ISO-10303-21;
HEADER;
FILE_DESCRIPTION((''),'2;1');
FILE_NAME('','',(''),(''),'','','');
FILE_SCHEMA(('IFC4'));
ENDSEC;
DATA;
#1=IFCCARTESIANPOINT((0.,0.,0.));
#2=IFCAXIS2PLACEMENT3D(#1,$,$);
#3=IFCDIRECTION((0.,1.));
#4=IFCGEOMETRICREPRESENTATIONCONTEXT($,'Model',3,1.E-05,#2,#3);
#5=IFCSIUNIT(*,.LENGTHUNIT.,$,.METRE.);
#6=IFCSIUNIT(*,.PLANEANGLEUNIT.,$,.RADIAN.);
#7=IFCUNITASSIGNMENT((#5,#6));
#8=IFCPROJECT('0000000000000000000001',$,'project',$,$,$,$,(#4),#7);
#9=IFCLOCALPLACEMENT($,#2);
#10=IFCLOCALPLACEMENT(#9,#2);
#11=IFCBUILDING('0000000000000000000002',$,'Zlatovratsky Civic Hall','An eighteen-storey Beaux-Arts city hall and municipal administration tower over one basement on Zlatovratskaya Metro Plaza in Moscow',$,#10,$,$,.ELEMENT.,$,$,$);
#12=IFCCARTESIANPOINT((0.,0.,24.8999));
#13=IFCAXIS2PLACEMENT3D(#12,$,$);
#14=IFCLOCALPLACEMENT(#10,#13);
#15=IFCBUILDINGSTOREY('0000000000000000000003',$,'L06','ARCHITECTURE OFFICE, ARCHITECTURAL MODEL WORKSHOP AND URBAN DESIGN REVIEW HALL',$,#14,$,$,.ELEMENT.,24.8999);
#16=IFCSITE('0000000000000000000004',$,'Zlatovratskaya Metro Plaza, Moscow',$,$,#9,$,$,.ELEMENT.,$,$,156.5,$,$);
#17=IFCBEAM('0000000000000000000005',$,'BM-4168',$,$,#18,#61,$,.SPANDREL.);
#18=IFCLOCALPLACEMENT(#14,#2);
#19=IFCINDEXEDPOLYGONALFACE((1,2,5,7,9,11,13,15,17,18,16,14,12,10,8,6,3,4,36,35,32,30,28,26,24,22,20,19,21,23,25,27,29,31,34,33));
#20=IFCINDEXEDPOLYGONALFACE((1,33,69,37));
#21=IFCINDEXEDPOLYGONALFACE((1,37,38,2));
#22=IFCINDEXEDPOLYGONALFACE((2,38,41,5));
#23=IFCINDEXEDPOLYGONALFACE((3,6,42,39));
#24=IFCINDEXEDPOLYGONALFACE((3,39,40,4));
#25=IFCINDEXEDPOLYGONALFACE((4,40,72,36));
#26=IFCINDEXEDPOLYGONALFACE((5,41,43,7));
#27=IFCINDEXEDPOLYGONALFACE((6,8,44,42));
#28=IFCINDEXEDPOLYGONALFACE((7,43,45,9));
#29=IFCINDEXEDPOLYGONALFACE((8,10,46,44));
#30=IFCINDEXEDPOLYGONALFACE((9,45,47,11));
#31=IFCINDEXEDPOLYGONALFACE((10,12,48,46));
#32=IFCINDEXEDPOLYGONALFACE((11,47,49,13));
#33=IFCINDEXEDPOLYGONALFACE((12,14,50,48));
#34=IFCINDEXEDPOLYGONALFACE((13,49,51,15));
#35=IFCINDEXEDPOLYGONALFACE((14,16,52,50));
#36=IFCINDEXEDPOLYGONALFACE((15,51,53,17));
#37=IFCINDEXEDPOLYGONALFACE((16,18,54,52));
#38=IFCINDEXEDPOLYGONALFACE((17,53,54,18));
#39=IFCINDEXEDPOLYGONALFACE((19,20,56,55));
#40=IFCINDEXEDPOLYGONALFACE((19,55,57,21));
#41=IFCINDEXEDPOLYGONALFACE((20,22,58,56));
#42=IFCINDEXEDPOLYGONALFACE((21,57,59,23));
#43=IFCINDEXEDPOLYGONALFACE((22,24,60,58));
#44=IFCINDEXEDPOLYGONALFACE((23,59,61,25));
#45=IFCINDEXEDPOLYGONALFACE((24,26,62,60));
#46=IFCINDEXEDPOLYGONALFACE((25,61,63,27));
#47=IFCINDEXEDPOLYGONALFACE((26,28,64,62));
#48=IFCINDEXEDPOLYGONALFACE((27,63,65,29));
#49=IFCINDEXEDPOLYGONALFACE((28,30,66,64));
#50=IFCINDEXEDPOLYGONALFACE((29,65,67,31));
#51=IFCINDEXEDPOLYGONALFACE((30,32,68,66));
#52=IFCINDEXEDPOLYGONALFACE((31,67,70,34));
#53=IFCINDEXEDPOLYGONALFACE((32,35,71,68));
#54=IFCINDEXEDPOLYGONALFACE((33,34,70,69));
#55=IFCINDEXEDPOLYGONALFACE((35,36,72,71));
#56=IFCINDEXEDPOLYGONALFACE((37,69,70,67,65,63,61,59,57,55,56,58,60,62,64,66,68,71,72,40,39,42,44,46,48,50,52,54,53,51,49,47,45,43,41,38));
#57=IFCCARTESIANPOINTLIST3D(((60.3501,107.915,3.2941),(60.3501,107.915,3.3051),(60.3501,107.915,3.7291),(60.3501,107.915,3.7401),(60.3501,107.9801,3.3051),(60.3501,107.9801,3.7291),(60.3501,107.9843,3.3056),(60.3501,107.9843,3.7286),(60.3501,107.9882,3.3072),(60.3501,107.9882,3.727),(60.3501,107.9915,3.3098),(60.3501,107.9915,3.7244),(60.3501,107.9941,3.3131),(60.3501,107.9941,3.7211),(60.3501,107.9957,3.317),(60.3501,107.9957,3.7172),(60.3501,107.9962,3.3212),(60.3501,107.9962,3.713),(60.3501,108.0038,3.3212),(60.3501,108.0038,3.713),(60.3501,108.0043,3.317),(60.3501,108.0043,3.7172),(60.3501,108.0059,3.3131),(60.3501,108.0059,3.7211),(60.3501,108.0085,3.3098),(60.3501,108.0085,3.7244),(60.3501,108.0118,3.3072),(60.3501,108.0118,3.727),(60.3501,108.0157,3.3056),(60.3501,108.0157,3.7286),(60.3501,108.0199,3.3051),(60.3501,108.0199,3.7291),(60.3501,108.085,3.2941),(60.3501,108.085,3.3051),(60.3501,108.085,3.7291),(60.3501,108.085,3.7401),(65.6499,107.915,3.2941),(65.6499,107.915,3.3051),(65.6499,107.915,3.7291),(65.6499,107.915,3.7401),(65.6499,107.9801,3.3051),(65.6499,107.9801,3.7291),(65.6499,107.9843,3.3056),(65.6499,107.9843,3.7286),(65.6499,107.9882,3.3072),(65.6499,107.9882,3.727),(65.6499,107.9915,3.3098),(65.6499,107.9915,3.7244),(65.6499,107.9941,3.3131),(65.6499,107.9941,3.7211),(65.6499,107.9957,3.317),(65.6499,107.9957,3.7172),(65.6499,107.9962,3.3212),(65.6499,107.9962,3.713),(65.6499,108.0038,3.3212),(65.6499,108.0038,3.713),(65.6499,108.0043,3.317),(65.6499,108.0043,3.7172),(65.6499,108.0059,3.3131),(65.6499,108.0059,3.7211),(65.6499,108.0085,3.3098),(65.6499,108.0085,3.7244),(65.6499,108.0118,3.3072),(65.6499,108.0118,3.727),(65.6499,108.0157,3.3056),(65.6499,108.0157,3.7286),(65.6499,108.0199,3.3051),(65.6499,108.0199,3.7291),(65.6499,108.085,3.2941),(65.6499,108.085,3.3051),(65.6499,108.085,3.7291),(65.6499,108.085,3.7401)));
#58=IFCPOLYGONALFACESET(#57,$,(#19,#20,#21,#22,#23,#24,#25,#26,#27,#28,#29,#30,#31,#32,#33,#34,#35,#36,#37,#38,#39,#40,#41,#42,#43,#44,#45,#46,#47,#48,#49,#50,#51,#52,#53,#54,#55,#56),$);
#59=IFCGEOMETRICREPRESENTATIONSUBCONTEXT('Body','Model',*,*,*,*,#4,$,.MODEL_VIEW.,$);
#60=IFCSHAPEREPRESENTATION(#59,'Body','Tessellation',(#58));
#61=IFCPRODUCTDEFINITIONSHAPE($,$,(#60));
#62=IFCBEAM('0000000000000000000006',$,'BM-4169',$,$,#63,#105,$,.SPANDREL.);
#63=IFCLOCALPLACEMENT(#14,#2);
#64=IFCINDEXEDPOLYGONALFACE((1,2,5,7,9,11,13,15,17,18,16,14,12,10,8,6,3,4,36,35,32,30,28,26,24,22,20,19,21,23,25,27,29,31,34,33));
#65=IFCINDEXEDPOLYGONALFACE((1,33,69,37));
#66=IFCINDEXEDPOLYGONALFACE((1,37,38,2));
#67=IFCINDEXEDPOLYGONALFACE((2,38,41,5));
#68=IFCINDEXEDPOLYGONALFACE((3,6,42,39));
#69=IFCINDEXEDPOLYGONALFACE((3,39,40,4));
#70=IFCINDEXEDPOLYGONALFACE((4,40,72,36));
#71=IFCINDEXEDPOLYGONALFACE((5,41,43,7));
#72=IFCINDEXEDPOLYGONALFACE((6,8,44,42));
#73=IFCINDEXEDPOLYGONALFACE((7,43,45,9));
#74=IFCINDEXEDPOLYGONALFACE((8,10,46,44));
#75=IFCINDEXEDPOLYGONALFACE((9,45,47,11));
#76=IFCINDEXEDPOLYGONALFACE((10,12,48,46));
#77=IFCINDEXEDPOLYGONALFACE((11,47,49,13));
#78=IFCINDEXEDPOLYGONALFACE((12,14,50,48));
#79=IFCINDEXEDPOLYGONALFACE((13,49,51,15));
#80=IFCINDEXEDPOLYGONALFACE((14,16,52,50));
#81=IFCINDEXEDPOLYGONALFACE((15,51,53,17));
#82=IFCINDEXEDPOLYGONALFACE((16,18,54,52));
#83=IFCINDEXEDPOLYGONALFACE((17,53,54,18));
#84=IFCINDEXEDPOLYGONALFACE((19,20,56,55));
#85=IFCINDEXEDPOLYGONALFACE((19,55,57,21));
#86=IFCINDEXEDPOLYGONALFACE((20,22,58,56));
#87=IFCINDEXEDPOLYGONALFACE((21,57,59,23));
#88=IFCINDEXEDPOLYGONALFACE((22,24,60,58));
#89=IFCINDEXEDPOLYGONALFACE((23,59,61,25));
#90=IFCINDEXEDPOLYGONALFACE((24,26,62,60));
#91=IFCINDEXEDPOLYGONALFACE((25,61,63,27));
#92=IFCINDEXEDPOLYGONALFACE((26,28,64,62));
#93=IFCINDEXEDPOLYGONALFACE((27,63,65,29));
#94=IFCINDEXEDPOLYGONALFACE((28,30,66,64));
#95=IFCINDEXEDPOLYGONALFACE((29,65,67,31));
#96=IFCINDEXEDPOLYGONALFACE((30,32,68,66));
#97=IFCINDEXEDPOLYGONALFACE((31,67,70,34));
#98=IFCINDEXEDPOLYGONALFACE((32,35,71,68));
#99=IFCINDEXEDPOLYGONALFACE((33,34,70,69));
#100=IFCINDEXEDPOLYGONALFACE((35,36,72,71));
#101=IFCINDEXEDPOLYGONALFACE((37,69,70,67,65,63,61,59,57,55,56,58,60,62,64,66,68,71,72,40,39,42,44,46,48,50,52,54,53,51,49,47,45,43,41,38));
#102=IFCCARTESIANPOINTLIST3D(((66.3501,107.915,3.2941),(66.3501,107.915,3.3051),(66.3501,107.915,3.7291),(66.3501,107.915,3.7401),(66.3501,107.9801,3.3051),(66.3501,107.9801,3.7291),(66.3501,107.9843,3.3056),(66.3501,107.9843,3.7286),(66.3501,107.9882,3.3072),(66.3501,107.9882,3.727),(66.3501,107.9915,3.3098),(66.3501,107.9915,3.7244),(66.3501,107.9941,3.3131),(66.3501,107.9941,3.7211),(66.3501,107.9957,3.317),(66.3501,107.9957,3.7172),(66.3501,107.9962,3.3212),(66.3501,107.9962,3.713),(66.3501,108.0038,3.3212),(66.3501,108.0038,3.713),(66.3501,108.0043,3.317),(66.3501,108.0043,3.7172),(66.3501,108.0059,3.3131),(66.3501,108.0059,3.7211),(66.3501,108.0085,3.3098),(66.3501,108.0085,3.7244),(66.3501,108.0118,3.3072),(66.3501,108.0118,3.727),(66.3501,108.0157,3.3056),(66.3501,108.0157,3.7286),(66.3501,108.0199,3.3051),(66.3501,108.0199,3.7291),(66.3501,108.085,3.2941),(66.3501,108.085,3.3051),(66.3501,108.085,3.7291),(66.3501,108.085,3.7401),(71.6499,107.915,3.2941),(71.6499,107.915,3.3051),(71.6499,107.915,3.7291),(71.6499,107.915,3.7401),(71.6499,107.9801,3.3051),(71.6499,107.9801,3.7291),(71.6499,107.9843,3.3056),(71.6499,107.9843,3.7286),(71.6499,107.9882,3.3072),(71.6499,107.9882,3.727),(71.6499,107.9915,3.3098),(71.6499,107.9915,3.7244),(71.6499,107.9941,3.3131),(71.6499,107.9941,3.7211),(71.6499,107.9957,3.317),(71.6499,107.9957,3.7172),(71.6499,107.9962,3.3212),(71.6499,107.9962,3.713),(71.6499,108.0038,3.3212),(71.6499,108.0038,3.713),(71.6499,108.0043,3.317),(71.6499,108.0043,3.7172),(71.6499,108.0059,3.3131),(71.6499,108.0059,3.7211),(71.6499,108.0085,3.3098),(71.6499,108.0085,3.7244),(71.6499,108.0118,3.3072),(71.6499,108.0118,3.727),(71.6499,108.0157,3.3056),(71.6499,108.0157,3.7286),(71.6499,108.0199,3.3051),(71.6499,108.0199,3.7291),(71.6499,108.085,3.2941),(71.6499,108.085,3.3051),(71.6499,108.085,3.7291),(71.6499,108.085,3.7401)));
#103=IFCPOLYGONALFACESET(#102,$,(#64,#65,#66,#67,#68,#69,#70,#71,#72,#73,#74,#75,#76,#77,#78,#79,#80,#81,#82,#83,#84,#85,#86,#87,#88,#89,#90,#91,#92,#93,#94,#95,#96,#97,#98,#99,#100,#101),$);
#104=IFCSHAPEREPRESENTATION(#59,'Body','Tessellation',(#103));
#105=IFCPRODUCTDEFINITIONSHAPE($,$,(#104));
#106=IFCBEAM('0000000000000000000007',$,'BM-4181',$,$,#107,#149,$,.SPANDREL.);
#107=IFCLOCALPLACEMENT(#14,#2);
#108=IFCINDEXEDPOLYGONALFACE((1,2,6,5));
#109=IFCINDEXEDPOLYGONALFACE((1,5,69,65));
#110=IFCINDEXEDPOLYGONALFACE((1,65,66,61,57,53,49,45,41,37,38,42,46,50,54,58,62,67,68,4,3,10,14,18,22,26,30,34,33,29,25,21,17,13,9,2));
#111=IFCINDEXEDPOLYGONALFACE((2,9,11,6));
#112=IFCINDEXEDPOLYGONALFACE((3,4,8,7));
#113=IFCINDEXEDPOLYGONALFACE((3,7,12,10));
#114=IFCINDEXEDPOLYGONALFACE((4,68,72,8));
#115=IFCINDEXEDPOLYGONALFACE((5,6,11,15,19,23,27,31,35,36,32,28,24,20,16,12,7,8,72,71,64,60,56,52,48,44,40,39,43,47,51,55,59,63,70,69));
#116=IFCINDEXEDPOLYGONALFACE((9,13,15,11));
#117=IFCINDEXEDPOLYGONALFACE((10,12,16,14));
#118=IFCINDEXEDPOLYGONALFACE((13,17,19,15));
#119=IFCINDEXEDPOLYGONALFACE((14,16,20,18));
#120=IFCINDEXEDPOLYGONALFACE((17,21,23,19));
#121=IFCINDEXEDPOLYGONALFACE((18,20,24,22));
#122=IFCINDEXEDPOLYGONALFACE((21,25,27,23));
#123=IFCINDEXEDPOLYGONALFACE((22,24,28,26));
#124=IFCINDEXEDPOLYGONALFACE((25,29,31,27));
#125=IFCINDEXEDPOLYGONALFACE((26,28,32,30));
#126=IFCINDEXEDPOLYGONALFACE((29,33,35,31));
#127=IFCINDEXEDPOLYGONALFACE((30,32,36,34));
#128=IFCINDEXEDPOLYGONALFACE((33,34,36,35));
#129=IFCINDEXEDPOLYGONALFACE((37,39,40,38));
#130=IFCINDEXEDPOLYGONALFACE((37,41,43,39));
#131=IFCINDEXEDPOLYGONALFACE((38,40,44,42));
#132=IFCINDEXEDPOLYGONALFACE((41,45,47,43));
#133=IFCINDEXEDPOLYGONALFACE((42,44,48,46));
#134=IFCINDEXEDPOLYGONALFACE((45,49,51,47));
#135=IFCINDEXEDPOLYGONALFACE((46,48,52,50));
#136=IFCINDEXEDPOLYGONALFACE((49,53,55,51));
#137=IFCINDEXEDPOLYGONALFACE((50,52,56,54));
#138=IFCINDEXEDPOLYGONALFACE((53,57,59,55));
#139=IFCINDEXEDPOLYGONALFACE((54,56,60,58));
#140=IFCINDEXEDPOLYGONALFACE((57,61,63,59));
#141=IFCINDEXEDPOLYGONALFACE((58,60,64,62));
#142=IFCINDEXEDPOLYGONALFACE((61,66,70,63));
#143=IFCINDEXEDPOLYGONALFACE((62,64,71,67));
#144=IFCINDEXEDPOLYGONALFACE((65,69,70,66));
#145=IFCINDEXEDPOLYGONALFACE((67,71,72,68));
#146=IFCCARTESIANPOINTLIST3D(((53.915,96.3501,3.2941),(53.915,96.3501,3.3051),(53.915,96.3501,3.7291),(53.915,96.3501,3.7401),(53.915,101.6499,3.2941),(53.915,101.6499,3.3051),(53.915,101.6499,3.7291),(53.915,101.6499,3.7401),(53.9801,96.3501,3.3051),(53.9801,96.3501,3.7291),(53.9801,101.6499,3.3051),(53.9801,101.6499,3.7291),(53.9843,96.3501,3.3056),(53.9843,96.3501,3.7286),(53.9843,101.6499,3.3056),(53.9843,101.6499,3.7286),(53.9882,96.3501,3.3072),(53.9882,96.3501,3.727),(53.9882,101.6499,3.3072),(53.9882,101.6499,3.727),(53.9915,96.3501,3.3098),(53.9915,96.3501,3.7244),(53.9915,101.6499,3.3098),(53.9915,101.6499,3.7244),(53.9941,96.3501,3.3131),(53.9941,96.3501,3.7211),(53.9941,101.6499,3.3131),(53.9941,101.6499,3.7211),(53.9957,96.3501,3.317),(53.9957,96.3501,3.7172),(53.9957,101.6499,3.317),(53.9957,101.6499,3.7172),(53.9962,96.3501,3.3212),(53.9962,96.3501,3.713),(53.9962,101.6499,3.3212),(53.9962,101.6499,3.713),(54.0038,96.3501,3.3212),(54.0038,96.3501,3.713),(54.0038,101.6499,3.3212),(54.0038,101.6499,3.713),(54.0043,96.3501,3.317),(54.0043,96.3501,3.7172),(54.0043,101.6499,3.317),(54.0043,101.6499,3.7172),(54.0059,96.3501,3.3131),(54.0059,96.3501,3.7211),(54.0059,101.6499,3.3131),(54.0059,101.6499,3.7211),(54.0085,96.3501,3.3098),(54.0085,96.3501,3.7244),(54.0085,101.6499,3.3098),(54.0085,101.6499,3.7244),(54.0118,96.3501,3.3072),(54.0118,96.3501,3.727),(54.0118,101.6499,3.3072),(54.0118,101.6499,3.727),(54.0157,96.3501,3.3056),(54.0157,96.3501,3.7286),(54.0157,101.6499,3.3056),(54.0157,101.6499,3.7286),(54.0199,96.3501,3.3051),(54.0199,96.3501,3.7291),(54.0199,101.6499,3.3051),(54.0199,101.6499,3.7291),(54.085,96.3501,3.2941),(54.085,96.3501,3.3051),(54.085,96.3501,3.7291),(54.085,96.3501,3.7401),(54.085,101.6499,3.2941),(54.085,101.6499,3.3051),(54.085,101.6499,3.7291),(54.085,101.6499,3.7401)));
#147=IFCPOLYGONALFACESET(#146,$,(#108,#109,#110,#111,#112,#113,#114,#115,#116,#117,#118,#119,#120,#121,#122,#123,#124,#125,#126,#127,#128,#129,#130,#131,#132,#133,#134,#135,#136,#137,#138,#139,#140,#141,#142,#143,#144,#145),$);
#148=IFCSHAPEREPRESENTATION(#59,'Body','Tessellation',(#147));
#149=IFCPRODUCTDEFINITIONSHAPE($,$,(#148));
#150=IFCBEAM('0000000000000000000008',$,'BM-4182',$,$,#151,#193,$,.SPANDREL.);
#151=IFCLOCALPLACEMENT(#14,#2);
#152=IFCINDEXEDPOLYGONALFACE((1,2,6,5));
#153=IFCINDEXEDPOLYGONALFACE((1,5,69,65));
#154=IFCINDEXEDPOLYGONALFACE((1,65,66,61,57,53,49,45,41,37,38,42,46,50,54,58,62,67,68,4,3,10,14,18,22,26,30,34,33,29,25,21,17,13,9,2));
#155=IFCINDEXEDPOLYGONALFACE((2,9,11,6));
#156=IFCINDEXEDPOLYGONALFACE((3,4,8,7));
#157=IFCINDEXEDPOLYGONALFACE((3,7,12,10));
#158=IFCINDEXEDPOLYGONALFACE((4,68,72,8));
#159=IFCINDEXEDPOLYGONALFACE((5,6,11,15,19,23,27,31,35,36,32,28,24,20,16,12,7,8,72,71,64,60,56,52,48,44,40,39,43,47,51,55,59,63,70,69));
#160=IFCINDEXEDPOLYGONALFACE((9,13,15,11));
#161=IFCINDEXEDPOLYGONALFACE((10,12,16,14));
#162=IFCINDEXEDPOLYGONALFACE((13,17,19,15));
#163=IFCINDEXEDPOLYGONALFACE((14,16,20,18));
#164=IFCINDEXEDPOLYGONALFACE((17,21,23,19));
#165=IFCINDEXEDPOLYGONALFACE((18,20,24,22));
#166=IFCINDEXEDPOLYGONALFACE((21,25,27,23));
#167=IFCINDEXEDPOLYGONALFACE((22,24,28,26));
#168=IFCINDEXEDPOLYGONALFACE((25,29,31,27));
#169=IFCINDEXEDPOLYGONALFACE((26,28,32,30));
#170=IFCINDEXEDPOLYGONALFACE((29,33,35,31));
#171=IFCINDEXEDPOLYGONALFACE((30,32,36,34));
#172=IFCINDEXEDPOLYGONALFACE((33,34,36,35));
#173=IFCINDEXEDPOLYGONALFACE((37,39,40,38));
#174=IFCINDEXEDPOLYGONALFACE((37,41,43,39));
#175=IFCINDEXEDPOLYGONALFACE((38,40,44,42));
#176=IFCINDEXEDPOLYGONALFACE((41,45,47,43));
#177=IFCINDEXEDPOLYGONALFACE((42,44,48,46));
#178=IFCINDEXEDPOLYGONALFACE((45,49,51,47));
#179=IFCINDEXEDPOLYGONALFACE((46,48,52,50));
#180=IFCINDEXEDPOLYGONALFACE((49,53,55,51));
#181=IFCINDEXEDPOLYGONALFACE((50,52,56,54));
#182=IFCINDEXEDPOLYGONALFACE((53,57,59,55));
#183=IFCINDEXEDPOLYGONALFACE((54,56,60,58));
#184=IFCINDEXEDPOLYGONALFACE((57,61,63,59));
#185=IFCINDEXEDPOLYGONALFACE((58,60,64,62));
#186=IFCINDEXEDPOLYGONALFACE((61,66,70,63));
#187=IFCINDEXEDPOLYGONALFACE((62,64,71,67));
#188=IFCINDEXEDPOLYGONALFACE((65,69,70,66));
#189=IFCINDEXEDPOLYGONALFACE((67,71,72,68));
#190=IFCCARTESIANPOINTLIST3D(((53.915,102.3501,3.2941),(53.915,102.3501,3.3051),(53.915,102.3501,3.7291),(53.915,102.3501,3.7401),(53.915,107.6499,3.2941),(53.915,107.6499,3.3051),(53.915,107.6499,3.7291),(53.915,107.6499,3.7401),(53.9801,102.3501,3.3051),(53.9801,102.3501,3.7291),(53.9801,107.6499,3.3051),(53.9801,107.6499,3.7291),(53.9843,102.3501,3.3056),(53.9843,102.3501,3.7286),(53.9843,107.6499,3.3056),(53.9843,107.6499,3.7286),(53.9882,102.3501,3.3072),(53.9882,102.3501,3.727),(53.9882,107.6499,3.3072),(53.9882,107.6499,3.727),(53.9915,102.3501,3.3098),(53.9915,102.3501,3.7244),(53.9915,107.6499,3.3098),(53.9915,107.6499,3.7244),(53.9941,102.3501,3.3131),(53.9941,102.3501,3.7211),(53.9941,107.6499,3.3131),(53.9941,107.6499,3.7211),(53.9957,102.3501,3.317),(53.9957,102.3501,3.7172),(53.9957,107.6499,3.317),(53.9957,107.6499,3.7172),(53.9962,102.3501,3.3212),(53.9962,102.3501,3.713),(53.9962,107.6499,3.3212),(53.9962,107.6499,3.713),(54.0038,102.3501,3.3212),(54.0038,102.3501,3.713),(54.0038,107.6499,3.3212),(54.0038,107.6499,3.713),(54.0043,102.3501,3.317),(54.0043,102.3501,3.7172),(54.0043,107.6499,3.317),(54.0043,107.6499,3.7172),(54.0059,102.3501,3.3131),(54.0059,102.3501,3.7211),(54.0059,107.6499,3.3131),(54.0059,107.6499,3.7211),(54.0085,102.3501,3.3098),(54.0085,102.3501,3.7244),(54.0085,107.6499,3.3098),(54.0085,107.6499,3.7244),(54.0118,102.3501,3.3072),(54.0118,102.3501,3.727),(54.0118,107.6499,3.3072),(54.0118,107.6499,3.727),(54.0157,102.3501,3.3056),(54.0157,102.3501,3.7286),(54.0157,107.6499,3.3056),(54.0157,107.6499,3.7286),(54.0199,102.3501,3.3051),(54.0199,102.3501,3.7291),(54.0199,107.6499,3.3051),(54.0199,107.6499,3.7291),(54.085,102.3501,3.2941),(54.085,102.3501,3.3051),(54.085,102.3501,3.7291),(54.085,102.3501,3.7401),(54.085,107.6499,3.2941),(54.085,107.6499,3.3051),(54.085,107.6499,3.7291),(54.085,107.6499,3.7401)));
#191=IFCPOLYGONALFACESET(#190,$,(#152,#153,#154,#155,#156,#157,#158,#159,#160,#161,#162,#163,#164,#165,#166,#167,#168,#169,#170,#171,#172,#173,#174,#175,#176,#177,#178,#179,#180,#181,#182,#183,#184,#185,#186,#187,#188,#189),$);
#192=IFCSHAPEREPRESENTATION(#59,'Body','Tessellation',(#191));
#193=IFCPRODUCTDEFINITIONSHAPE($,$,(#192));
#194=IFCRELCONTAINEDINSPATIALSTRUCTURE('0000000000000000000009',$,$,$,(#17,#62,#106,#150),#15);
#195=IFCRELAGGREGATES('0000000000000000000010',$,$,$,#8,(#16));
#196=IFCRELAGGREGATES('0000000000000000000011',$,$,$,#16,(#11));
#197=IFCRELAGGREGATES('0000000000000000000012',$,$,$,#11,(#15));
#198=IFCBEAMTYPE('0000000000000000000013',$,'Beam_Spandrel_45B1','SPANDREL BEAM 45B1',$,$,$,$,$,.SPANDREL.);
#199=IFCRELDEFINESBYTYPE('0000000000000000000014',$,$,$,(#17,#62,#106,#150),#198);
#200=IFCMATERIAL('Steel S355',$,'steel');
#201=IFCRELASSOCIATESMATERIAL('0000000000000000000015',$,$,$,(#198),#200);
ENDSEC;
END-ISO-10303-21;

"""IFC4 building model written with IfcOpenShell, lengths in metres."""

from ifc_helpers import new_model, si_unit, direction, frame, origin, origin_2d, place, context, subcontext, project, spatial, i_section, extrude, material, material_profile, profile_set, type_object, element, save


model = new_model("IFC4")

# Units and contexts
model_context = context("Model", 3, precision=1e-05, world=origin(), true_north=direction((0.0, 1.0)))
body_context = subcontext(model_context, "Body", "Model", "MODEL_VIEW")
ifc_project = project(units=[si_unit("LENGTHUNIT", "METRE"), si_unit("PLANEANGLEUNIT", "RADIAN")], contexts=[model_context])

# Site, building, storey
site_placement = place(None, origin())
site = spatial("IfcSite", under=ifc_project, at=site_placement, Name="Zlatovratskaya Metro Plaza, Moscow", CompositionType="ELEMENT", RefElevation=156.5)
building_placement = place(site_placement, origin())
building = spatial("IfcBuilding", under=site, at=building_placement, Name="Zlatovratsky Civic Hall", Description="An eighteen-storey Beaux-Arts city hall and municipal administration tower over one basement on Zlatovratskaya Metro Plaza in Moscow", CompositionType="ELEMENT")
storey_placement = place(building_placement, frame((0.0, 0.0, 24.8999)))
storey = spatial("IfcBuildingStorey", under=building, at=storey_placement, Name="L06", Description="ARCHITECTURE OFFICE, ARCHITECTURAL MODEL WORKSHOP AND URBAN DESIGN REVIEW HALL", CompositionType="ELEMENT", Elevation=24.8999)

# Shared definitions
ifc_material_1 = material(Name="Steel S355", Category="steel")

# Beams
ifc_material_profile_1 = material_profile(ifc_material_1, i_section(OverallWidth=0.1699, OverallDepth=0.446, WebThickness=0.0076, FlangeThickness=0.011, FilletRadius=0.0161, at=origin_2d()), Name="45B1")
ifc_profile_set_1 = profile_set([ifc_material_profile_1], Name="Steel S355")
beam_type_1 = type_object("IfcBeamType", Name="Beam_Spandrel_45B1", Description="SPANDREL BEAM 45B1", PredefinedType="SPANDREL", material=ifc_profile_set_1)
for number, where, z_axis, x_axis, name in (
    (1, (60.3501, 108.0, 3.5171), (1.0, 0.0, 0.0), (0.0, 1.0, 0.0), "BM-4168"),
    (2, (66.3501, 108.0, 3.5171), (1.0, 0.0, 0.0), (0.0, 1.0, 0.0), "BM-4169"),
    (3, (54.0, 96.3501, 3.5171), (0.0, 1.0, 0.0), (-1.0, 0.0, 0.0), "BM-4181"),
    (4, (54.0, 102.3501, 3.5171), (0.0, 1.0, 0.0), (-1.0, 0.0, 0.0), "BM-4182"),
):
    element("IfcBeam", number, at=place(storey_placement, frame(where, z_axis=z_axis, x_axis=x_axis)), inside=storey, type_object=beam_type_1, Name=name, PredefinedType="SPANDREL", context=body_context, shape_type="SweptSolid", body=[
        extrude(i_section(OverallWidth=0.1699, OverallDepth=0.446, WebThickness=0.0076, FlangeThickness=0.011, FilletRadius=0.0161, at=origin_2d()), origin(), (0.0, 0.0, 1.0), 5.2998),
    ])

save(model, "model.ifc")
